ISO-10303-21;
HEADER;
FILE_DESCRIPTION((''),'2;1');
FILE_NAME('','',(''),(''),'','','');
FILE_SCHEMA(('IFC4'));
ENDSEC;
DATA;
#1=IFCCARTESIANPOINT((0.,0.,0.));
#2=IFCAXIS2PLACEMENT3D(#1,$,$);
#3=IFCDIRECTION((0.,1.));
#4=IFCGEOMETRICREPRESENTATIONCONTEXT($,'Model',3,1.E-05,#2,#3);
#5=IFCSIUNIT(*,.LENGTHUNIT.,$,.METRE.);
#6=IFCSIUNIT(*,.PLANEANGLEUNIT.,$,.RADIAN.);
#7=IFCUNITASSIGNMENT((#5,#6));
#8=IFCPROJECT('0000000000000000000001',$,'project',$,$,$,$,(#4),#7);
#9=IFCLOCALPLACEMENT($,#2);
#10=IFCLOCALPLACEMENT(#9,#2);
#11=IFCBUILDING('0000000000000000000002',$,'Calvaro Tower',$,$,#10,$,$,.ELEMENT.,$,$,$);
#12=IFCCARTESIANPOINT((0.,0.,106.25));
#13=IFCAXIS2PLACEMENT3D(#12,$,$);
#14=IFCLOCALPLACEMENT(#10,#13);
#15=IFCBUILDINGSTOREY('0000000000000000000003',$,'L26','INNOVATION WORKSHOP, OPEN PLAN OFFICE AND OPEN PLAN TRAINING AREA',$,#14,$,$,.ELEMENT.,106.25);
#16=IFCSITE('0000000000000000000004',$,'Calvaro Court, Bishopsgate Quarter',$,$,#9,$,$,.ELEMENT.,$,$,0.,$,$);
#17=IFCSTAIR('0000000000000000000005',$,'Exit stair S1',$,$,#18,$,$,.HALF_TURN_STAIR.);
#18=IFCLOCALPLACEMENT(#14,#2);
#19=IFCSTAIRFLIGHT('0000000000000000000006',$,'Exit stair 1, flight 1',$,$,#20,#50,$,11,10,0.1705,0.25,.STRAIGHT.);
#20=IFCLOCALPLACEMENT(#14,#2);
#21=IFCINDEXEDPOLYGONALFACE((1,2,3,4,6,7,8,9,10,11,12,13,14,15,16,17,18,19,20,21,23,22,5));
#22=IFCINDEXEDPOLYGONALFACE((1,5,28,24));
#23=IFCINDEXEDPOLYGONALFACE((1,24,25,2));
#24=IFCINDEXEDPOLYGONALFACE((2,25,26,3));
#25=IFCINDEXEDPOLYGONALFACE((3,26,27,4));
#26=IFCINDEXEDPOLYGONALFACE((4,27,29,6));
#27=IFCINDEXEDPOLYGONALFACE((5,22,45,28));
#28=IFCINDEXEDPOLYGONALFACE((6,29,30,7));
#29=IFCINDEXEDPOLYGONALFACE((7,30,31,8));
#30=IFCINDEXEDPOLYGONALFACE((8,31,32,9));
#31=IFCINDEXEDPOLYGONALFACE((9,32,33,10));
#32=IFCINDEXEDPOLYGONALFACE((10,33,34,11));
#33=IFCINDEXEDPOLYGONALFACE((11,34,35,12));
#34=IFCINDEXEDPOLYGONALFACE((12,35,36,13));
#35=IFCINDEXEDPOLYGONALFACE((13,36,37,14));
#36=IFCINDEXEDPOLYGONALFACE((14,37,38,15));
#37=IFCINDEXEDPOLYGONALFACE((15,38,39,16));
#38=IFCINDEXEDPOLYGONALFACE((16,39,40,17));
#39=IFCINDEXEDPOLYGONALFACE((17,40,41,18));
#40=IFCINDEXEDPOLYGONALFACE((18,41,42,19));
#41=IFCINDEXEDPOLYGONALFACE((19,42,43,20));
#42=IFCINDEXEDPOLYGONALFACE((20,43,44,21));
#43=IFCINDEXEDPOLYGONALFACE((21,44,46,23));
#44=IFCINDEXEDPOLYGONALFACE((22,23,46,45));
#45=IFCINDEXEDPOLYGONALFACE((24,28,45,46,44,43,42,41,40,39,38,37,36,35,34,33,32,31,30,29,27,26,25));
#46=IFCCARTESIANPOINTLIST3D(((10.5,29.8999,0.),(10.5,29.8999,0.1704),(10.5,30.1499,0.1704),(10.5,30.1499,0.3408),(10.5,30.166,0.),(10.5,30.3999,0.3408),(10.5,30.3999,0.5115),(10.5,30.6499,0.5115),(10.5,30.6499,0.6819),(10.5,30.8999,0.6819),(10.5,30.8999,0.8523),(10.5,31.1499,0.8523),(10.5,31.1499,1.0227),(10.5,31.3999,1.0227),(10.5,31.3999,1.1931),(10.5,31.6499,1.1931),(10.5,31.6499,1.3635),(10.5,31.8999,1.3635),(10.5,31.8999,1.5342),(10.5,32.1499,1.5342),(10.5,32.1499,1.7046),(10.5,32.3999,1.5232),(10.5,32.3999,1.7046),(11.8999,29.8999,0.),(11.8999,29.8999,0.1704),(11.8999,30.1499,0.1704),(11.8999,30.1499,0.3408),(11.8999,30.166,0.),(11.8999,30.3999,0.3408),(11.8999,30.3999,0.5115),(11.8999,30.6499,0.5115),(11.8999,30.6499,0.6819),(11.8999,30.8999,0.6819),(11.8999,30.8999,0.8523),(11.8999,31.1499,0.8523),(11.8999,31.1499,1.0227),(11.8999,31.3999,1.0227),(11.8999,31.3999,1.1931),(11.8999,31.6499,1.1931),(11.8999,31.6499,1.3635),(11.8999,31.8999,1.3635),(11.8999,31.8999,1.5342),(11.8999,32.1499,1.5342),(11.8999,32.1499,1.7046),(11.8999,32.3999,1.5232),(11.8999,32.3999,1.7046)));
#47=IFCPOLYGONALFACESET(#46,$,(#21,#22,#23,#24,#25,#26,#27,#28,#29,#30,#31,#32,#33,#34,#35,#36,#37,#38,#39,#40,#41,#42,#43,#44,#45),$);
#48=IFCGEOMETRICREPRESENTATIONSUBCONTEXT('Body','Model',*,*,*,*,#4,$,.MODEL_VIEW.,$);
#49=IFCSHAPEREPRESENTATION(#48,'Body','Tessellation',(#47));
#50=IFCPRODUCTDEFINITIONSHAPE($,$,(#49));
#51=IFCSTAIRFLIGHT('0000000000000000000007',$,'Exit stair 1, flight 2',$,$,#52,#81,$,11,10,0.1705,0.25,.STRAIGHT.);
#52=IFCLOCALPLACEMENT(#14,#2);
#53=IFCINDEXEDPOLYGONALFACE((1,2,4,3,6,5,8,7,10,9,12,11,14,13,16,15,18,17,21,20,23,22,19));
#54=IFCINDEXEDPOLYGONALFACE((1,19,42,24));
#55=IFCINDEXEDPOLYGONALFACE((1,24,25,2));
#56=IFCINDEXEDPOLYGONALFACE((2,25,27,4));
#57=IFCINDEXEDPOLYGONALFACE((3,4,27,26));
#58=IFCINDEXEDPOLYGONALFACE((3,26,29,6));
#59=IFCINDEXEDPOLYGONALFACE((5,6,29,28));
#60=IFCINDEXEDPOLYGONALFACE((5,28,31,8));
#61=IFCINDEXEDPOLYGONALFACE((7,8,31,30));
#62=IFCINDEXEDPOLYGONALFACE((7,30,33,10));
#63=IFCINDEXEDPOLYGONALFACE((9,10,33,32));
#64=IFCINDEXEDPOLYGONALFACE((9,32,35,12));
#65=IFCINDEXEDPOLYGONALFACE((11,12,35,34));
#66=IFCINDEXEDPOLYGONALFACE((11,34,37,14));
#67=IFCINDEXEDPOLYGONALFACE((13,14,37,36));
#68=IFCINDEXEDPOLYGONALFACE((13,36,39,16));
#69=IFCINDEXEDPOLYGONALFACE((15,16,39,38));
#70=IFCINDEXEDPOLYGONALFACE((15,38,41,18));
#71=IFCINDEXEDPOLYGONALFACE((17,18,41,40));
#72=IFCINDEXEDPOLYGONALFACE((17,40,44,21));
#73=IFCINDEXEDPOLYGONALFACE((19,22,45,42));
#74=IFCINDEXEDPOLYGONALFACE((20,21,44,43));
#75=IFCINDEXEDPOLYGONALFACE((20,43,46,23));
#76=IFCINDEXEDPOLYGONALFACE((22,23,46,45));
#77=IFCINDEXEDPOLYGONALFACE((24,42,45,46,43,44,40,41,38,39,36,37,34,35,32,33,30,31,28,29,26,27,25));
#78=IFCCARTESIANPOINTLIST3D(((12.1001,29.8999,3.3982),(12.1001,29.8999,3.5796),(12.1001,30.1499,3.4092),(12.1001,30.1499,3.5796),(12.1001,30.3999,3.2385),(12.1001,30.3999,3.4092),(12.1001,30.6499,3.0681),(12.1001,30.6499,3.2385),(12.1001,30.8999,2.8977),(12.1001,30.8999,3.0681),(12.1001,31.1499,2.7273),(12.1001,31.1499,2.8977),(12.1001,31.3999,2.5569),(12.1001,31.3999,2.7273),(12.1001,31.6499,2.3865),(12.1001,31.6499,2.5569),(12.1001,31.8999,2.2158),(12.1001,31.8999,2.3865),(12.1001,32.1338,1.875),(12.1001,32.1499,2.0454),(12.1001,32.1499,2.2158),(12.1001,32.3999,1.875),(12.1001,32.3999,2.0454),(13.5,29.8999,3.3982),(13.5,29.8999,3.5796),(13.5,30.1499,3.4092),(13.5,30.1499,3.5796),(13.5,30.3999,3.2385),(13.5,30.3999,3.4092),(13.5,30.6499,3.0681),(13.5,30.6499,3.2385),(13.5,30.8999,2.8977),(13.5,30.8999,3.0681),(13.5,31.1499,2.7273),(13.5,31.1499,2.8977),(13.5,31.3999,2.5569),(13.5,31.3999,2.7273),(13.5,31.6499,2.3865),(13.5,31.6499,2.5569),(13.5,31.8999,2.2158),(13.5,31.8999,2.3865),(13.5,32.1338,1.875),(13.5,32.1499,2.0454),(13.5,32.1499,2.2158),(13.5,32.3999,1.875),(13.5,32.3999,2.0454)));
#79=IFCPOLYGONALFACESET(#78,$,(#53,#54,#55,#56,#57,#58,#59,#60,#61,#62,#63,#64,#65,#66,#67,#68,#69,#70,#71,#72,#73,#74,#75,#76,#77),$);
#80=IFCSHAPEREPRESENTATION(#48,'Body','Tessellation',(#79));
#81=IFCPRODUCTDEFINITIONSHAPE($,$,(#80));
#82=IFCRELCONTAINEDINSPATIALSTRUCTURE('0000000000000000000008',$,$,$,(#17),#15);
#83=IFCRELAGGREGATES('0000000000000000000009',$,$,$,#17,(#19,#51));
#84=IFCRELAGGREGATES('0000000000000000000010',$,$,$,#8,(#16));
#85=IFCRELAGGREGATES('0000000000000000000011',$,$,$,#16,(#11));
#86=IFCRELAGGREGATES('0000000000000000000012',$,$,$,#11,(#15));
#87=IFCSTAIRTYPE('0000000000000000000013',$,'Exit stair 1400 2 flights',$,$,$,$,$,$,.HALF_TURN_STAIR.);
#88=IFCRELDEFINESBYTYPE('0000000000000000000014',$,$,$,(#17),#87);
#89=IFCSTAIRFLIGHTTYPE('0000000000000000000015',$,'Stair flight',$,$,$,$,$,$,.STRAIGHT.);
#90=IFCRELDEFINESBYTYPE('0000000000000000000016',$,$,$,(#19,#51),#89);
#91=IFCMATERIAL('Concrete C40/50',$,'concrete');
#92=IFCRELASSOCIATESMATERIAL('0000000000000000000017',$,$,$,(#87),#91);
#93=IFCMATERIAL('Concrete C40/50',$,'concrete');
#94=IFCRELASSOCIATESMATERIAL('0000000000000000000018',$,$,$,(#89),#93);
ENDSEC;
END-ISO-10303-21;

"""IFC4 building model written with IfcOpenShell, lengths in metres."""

from ifc_helpers import new_model, si_unit, direction, frame, origin, place, context, subcontext, project, spatial, polyline, outline, extrude, material, type_object, element, aggregate, save


model = new_model("IFC4")

# Units and contexts
model_context = context("Model", 3, precision=1e-05, world=origin(), true_north=direction((0.0, 1.0)))
body_context = subcontext(model_context, "Body", "Model", "MODEL_VIEW")
ifc_project = project(units=[si_unit("LENGTHUNIT", "METRE"), si_unit("PLANEANGLEUNIT", "RADIAN")], contexts=[model_context])

# Site, building, storey
site_placement = place(None, origin())
site = spatial("IfcSite", under=ifc_project, at=site_placement, Name="Calvaro Court, Bishopsgate Quarter", CompositionType="ELEMENT", RefElevation=0.0)
building_placement = place(site_placement, origin())
building = spatial("IfcBuilding", under=site, at=building_placement, Name="Calvaro Tower", CompositionType="ELEMENT")
storey_placement = place(building_placement, frame((0.0, 0.0, 106.25)))
storey = spatial("IfcBuildingStorey", under=building, at=storey_placement, Name="L26", Description="INNOVATION WORKSHOP, OPEN PLAN OFFICE AND OPEN PLAN TRAINING AREA", CompositionType="ELEMENT", Elevation=106.25)

# Stair, stair flights
ifc_material_1 = material(Name="Concrete C40/50", Category="concrete")
stair_type = type_object("IfcStairType", Name="Exit stair 1400 2 flights", PredefinedType="HALF_TURN_STAIR", material=ifc_material_1)
stair_placement = place(storey_placement, origin())
stair = element("IfcStair", 1, at=stair_placement, inside=storey, type_object=stair_type, Name="Exit stair S1", PredefinedType="HALF_TURN_STAIR")
ifc_material_2 = material(Name="Concrete C40/50", Category="concrete")
stair_flight_type = type_object("IfcStairFlightType", Name="Stair flight", PredefinedType="STRAIGHT", material=ifc_material_2)
stair_flight_1_placement = place(storey_placement, frame((11.2, 29.8999, 0.0), z_axis=(0.0, 0.0, 1.0), x_axis=(0.0, 1.0, 0.0)))
stair_flight_1 = element("IfcStairFlight", 2, at=stair_flight_1_placement, type_object=stair_flight_type, Name="Exit stair 1, flight 1", NumberOfRisers=11, NumberOfTreads=10, PredefinedType="STRAIGHT", RiserHeight=0.1705, TreadLength=0.25, context=body_context, shape_type="SweptSolid", body=[
    extrude(outline(polyline([(0.0, 0.0), (0.0, 0.1704), (0.25, 0.1704), (0.25, 0.3408), (0.5, 0.3408), (0.5, 0.5115), (0.75, 0.5115), (0.75, 0.6819), (1.0, 0.6819), (1.0, 0.8523), (1.25, 0.8523), (1.25, 1.0227), (1.5, 1.0227), (1.5, 1.1931), (1.75, 1.1931), (1.75, 1.3635), (2.0, 1.3635), (2.0, 1.5342), (2.25, 1.5342), (2.25, 1.7046), (2.5, 1.7046), (2.5, 1.875), (2.5, 1.5232), (0.2661, 0.0), (0.0, 0.0)])), frame((0.0, 0.7, 0.0), z_axis=(0.0, -1.0, 0.0), x_axis=(1.0, 0.0, 0.0)), (0.0, 0.0, 1.0), 1.3999),
])
stair_flight_2_placement = place(storey_placement, frame((12.8, 32.3999, 1.875), z_axis=(0.0, 0.0, 1.0), x_axis=(0.0, -1.0, 0.0)))
stair_flight_2 = element("IfcStairFlight", 3, at=stair_flight_2_placement, type_object=stair_flight_type, Name="Exit stair 1, flight 2", NumberOfRisers=11, NumberOfTreads=10, PredefinedType="STRAIGHT", RiserHeight=0.1705, TreadLength=0.25, context=body_context, shape_type="SweptSolid", body=[
    extrude(outline(polyline([(0.0, 0.0), (0.0, 0.1704), (0.25, 0.1704), (0.25, 0.3408), (0.5, 0.3408), (0.5, 0.5115), (0.75, 0.5115), (0.75, 0.6819), (1.0, 0.6819), (1.0, 0.8523), (1.25, 0.8523), (1.25, 1.0227), (1.5, 1.0227), (1.5, 1.1931), (1.75, 1.1931), (1.75, 1.3635), (2.0, 1.3635), (2.0, 1.5342), (2.25, 1.5342), (2.25, 1.7046), (2.5, 1.7046), (2.5, 1.875), (2.5, 1.5232), (0.2661, 0.0), (0.0, 0.0)])), frame((0.0, 0.7, 0.0), z_axis=(0.0, -1.0, 0.0), x_axis=(1.0, 0.0, 0.0)), (0.0, 0.0, 1.0), 1.3999),
])
aggregate(stair, [stair_flight_1, stair_flight_2])

save(model, "model.ifc")
